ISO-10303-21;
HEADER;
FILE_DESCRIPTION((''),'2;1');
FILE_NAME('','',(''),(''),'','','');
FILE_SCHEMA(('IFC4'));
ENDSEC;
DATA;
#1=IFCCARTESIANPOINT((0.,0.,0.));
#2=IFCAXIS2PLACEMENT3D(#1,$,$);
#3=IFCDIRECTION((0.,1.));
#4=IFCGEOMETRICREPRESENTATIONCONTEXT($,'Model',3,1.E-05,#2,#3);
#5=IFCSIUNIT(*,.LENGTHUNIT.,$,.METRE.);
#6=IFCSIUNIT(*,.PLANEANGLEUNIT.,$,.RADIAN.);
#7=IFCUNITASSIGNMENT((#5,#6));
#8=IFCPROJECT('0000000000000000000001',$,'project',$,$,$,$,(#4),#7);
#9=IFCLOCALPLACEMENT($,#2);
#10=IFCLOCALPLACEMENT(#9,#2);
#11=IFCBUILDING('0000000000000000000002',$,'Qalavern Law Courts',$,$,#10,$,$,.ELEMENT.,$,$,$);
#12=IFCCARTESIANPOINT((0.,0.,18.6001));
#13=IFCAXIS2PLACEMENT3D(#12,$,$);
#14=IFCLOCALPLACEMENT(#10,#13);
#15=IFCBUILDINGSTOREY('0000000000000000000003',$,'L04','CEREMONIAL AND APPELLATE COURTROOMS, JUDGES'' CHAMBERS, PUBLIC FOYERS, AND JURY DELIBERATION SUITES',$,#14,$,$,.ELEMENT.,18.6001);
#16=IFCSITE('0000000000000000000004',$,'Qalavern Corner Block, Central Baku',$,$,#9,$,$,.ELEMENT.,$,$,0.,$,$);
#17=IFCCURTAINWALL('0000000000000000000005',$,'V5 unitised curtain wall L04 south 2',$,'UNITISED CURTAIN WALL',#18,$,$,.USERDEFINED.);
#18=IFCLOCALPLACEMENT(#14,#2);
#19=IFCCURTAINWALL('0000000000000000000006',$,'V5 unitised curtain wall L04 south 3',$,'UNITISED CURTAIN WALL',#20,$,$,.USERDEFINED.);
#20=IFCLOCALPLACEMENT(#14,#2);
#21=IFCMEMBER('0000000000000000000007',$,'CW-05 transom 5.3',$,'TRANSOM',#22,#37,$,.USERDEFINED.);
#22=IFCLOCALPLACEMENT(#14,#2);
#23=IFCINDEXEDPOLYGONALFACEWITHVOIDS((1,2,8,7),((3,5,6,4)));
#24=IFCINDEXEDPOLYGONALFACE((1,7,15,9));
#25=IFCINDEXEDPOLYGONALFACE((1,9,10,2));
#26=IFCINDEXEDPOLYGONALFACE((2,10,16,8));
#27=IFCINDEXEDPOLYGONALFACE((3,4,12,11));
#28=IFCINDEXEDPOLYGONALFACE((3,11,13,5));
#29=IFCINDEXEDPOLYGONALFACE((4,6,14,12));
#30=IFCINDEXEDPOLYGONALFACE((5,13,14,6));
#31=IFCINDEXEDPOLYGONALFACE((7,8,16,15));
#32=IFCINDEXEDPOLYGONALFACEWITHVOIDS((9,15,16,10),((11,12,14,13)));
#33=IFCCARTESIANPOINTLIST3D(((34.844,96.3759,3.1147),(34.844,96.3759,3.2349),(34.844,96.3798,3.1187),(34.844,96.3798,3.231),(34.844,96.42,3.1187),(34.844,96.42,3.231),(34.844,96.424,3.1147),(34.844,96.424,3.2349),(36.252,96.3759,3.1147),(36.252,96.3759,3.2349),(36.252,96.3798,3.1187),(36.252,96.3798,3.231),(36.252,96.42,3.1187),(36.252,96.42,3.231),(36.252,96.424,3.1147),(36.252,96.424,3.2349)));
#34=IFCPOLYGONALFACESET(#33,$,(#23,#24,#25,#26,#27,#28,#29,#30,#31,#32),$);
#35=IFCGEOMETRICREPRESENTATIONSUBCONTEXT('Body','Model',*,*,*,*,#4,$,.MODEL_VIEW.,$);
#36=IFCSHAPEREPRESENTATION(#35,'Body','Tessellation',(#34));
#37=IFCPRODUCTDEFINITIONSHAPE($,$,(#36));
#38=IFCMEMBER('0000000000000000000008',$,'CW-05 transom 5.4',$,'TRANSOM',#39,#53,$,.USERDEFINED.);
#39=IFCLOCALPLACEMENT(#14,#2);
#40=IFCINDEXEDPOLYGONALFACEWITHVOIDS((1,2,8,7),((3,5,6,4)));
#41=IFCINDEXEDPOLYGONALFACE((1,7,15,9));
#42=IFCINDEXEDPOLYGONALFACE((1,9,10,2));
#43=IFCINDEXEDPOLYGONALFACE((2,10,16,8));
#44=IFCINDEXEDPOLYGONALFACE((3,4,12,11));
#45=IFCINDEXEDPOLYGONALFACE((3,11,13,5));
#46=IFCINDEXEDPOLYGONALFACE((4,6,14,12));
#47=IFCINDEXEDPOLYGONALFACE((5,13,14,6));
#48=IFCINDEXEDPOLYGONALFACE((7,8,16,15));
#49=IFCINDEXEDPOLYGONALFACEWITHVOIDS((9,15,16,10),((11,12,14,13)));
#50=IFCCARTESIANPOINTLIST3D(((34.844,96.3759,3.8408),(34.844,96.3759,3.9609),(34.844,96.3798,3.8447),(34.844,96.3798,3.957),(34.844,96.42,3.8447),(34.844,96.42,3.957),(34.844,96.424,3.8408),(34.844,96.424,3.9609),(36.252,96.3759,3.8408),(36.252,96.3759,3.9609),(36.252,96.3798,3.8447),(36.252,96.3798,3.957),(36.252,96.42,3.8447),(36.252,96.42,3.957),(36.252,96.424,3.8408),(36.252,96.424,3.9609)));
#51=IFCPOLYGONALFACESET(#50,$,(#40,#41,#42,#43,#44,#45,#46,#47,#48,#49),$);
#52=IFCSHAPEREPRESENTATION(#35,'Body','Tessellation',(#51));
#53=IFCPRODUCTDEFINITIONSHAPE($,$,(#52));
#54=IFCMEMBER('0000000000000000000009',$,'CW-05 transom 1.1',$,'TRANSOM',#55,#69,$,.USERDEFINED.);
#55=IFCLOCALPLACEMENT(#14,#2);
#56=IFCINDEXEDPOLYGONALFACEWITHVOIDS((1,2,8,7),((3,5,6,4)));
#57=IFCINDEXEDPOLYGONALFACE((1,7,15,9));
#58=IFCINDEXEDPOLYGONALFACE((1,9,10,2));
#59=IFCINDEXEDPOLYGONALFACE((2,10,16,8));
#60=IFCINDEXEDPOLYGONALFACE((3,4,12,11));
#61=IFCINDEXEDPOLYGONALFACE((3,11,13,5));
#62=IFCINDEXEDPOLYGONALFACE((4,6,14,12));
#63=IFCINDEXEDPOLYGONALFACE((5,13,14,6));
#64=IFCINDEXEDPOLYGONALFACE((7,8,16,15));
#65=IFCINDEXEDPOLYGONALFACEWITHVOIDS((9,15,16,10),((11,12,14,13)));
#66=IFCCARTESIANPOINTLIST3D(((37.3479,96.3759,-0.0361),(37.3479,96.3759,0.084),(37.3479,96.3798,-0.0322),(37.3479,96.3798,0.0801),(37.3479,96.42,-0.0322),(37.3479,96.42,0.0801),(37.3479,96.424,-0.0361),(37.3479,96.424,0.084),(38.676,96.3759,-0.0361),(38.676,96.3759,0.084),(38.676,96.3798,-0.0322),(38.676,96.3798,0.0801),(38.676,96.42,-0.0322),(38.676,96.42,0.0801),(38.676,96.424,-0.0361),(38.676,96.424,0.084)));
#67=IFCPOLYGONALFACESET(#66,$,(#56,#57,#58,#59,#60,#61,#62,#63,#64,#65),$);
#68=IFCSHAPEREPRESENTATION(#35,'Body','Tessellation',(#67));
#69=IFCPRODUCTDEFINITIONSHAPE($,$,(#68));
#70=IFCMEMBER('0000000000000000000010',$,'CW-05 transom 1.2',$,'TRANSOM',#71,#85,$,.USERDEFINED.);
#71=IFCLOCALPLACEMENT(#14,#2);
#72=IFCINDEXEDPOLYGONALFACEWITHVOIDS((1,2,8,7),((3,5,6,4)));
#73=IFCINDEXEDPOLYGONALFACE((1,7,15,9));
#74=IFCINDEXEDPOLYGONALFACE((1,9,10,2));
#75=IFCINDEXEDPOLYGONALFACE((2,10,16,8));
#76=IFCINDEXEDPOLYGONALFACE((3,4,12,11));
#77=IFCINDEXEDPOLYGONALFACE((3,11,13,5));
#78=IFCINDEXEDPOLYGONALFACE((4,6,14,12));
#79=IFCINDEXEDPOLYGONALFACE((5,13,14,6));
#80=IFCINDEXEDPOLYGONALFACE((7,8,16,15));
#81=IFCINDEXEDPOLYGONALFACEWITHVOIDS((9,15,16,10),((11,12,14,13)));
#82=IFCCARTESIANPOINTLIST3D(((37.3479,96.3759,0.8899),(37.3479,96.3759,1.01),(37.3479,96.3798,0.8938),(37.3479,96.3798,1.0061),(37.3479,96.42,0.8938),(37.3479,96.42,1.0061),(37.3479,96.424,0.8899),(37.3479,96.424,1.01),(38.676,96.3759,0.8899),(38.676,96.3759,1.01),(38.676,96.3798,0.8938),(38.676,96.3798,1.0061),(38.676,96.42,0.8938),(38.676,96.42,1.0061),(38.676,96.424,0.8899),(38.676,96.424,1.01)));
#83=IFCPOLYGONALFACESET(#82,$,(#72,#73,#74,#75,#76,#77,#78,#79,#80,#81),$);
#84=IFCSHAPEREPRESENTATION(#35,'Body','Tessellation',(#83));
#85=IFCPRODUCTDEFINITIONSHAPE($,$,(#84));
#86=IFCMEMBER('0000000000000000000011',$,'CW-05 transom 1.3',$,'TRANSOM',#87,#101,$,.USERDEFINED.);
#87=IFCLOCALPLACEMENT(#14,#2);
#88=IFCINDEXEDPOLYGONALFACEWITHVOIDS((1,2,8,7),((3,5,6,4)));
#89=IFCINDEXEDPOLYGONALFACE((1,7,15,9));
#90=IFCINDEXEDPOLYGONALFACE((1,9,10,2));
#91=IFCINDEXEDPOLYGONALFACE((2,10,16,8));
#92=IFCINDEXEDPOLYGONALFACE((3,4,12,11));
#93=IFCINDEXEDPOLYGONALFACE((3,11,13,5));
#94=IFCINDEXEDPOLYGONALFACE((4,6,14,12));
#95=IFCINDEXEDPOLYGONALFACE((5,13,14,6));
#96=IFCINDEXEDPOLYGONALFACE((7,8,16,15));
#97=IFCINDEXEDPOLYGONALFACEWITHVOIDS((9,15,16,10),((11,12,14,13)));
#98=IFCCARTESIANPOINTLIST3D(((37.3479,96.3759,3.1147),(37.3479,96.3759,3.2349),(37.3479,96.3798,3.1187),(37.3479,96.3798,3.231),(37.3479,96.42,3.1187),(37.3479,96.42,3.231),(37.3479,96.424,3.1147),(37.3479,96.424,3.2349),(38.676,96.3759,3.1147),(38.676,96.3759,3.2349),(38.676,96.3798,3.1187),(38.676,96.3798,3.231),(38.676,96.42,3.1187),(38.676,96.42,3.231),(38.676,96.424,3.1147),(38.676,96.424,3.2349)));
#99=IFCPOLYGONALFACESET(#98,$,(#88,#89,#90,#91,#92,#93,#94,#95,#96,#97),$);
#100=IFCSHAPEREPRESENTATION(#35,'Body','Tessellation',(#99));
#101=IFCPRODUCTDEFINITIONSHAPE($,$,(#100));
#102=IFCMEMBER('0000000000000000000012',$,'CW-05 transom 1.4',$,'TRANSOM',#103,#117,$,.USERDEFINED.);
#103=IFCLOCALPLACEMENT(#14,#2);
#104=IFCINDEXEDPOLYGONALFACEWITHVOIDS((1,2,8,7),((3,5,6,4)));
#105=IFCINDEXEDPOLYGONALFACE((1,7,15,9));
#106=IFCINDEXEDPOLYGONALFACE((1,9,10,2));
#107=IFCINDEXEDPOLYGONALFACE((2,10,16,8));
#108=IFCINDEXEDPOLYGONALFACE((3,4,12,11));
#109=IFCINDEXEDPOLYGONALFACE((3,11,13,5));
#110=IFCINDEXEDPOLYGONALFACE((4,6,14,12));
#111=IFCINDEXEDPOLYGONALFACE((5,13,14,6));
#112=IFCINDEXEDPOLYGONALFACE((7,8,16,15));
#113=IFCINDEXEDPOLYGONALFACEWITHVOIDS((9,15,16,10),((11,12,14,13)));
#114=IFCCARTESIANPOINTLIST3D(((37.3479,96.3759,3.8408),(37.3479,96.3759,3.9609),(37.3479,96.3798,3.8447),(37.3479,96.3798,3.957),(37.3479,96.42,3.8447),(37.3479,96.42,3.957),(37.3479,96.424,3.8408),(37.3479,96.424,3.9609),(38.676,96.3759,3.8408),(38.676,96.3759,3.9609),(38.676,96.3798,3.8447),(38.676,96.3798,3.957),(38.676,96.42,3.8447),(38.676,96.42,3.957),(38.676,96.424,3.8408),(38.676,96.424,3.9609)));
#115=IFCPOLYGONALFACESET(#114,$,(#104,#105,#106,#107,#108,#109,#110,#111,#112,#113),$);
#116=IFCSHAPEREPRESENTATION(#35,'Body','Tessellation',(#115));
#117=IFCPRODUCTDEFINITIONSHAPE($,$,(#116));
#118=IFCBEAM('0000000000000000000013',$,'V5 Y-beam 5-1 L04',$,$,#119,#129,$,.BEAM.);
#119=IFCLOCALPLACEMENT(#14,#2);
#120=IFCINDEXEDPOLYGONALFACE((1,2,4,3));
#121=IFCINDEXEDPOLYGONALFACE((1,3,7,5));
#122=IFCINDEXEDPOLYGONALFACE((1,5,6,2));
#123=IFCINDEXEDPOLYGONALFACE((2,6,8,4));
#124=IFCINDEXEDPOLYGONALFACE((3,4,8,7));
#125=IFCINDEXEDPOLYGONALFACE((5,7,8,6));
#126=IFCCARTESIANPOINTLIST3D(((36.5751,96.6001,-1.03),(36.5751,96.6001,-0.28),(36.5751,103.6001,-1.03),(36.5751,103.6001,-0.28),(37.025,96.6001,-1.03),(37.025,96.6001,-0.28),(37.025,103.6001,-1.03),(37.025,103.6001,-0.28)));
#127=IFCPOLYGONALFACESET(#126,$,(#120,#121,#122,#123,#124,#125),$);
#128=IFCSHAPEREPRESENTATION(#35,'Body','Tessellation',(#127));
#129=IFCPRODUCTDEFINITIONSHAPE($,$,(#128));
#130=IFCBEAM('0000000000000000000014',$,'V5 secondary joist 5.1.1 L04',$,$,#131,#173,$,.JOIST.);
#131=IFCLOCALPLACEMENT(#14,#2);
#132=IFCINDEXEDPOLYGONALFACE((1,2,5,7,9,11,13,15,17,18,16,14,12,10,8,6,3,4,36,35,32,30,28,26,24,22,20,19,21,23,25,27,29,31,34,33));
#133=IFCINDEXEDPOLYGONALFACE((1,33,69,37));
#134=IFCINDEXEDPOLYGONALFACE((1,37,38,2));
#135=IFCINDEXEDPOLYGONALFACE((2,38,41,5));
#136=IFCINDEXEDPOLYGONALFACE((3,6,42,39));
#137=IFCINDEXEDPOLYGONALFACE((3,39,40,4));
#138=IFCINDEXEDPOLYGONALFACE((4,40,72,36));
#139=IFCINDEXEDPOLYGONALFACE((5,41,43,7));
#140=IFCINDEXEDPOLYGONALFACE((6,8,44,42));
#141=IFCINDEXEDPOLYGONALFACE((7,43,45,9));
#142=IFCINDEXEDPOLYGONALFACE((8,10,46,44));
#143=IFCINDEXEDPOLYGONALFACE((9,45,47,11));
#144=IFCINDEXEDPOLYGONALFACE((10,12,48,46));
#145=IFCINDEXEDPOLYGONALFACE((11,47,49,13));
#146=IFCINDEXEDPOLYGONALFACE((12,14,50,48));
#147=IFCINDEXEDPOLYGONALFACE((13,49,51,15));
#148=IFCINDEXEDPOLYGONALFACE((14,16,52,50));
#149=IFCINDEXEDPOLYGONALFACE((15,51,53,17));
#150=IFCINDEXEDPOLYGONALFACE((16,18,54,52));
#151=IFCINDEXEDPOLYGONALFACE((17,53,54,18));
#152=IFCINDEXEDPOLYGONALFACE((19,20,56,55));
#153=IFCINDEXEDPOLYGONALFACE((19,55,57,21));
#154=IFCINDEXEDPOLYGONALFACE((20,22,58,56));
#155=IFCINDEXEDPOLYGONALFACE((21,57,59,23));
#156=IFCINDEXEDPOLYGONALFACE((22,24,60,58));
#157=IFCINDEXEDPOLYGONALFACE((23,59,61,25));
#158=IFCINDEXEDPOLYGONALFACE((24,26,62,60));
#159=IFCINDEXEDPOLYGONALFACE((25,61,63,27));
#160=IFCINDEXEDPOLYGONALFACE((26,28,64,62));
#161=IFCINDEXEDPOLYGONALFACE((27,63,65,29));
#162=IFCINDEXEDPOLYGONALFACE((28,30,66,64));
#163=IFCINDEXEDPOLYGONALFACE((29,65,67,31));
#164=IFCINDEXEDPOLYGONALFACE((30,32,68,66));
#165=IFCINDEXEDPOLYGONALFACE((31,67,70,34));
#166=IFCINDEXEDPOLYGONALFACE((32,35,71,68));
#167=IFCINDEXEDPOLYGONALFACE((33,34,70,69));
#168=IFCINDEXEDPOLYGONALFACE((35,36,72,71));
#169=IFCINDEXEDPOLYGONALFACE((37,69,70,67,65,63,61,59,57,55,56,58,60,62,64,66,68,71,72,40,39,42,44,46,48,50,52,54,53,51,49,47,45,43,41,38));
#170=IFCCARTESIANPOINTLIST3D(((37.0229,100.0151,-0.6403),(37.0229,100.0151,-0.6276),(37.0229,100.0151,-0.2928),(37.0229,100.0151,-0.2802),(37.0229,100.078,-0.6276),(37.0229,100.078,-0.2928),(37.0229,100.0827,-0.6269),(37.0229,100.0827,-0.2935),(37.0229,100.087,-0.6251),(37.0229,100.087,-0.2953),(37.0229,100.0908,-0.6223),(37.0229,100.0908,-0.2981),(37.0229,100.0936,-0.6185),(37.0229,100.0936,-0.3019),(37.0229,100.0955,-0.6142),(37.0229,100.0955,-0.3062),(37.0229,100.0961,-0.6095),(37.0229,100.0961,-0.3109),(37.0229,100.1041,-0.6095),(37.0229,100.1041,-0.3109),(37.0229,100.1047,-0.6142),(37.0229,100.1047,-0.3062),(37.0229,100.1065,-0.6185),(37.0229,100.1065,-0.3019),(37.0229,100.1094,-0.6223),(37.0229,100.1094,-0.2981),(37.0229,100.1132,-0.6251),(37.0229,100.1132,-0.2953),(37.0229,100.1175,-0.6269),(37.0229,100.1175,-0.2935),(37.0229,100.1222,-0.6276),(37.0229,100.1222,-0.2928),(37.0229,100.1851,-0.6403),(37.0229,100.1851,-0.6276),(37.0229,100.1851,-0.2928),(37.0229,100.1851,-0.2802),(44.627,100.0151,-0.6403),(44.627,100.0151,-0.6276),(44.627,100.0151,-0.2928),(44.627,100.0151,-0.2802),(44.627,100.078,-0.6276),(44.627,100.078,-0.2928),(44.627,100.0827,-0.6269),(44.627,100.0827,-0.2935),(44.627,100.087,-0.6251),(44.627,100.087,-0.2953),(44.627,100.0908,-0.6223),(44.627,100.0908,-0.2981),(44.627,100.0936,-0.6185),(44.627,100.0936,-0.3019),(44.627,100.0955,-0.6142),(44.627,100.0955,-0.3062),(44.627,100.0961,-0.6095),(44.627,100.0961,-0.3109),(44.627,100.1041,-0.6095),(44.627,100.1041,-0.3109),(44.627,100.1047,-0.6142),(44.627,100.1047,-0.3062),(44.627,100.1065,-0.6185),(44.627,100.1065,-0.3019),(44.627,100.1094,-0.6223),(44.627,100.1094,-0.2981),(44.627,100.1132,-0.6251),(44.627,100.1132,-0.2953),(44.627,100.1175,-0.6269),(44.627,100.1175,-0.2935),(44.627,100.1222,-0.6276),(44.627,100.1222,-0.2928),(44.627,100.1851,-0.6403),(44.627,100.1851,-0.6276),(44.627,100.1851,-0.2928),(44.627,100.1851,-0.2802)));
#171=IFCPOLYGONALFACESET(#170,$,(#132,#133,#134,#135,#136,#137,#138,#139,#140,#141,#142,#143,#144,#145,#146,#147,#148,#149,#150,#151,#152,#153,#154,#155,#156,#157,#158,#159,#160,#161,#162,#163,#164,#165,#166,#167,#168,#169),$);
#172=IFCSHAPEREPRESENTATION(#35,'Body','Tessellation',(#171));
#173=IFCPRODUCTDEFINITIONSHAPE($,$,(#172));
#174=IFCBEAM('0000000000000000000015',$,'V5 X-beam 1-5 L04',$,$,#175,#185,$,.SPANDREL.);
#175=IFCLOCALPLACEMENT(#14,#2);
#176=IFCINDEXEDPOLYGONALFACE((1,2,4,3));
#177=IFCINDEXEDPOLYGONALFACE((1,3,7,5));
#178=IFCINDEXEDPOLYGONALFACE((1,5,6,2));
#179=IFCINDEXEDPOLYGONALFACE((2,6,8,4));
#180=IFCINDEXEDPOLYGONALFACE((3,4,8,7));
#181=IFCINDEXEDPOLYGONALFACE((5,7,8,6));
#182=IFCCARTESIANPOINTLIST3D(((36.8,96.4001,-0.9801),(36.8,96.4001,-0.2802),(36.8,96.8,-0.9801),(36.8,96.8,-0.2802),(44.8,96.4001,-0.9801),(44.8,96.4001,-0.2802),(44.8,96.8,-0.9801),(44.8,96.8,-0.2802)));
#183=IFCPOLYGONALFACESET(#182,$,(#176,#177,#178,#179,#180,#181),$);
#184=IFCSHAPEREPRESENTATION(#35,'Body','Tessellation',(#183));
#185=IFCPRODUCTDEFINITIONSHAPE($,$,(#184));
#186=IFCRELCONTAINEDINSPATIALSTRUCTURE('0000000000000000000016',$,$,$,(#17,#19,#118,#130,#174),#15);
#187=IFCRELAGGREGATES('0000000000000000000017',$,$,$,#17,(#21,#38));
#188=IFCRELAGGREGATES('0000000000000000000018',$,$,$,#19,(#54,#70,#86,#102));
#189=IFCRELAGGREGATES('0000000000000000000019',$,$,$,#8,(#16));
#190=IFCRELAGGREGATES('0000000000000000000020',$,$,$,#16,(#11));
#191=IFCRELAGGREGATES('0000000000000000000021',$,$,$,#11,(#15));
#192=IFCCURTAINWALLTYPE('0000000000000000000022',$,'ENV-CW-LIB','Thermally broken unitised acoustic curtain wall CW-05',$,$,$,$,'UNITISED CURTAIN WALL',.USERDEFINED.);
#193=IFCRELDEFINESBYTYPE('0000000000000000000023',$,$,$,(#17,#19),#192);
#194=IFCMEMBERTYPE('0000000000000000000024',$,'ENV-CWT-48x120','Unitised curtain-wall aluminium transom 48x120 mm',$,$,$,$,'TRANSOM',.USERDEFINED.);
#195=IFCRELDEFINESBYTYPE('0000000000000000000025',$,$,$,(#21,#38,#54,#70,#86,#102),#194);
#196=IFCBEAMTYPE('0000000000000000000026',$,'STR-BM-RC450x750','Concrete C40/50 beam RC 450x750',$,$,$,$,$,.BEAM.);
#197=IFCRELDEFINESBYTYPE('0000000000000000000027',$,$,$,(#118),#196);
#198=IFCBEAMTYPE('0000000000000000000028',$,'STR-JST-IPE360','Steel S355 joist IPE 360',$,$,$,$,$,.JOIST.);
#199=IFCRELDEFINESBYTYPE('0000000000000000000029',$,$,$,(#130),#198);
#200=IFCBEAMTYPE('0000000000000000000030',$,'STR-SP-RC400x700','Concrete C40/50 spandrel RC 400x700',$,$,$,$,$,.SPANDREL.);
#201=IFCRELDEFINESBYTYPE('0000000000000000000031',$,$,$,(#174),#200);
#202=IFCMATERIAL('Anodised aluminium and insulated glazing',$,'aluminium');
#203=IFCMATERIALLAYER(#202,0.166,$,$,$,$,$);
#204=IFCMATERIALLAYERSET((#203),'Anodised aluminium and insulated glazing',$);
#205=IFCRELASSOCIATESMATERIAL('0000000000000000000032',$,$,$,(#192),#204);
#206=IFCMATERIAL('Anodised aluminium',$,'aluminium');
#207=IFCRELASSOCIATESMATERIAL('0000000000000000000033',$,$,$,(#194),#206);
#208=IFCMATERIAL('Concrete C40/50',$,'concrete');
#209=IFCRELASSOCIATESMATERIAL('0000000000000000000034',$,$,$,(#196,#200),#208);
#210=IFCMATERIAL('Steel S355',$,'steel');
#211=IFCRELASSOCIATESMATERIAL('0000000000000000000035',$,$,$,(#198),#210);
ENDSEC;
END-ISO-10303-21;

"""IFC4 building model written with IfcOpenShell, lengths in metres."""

from ifc_helpers import new_model, si_unit, direction, frame, origin, origin_2d, place, context, subcontext, project, spatial, rectangle, hollow_rectangle, i_section, extrude, material, layer, layer_set, material_profile, profile_set, type_object, element, aggregate, save


model = new_model("IFC4")

# Units and contexts
model_context = context("Model", 3, precision=1e-05, world=origin(), true_north=direction((0.0, 1.0)))
body_context = subcontext(model_context, "Body", "Model", "MODEL_VIEW")
ifc_project = project(units=[si_unit("LENGTHUNIT", "METRE"), si_unit("PLANEANGLEUNIT", "RADIAN")], contexts=[model_context])

# Site, building, storey
site_placement = place(None, origin())
site = spatial("IfcSite", under=ifc_project, at=site_placement, Name="Qalavern Corner Block, Central Baku", CompositionType="ELEMENT", RefElevation=0.0)
building_placement = place(site_placement, origin())
building = spatial("IfcBuilding", under=site, at=building_placement, Name="Qalavern Law Courts", CompositionType="ELEMENT")
storey_placement = place(building_placement, frame((0.0, 0.0, 18.6001)))
storey = spatial("IfcBuildingStorey", under=building, at=storey_placement, Name="L04", Description="CEREMONIAL AND APPELLATE COURTROOMS, JUDGES' CHAMBERS, PUBLIC FOYERS, AND JURY DELIBERATION SUITES", CompositionType="ELEMENT", Elevation=18.6001)

# Curtain wall
ifc_material_1 = material(Name="Anodised aluminium and insulated glazing", Category="aluminium")
ifc_layer_1 = layer(ifc_material_1, 0.166)
ifc_layer_set_1 = layer_set([ifc_layer_1], Name="Anodised aluminium and insulated glazing")
curtain_wall_type = type_object("IfcCurtainWallType", Name="ENV-CW-LIB", Description="Thermally broken unitised acoustic curtain wall CW-05", ElementType="UNITISED CURTAIN WALL", PredefinedType="USERDEFINED", material=ifc_layer_set_1)
curtain_wall_1_placement = place(storey_placement, origin())
curtain_wall_1 = element("IfcCurtainWall", 1, at=curtain_wall_1_placement, inside=storey, type_object=curtain_wall_type, Name="V5 unitised curtain wall L04 south 2", ObjectType="UNITISED CURTAIN WALL", PredefinedType="USERDEFINED")
ifc_material_2 = material(Name="Anodised aluminium", Category="aluminium")

# Curtain wall
curtain_wall_2_placement = place(storey_placement, origin())
curtain_wall_2 = element("IfcCurtainWall", 2, at=curtain_wall_2_placement, inside=storey, type_object=curtain_wall_type, Name="V5 unitised curtain wall L04 south 3", ObjectType="UNITISED CURTAIN WALL", PredefinedType="USERDEFINED")

# Members
ifc_material_profile_1 = material_profile(ifc_material_2, hollow_rectangle(XDim=0.0481, YDim=0.1201, WallThickness=0.0039, at=origin_2d()), Name="ALU TRANSOM 48x120")
ifc_profile_set_1 = profile_set([ifc_material_profile_1], Name="Anodised aluminium")
member_type_1 = type_object("IfcMemberType", Name="ENV-CWT-48x120", Description="Unitised curtain-wall aluminium transom 48x120 mm", ElementType="TRANSOM", PredefinedType="USERDEFINED", material=ifc_profile_set_1)
member_1_placement = place(storey_placement, frame((34.844, 96.3999, 3.1748), z_axis=(1.0, 0.0, 0.0), x_axis=(0.0, 1.0, 0.0)))
member_1 = element("IfcMember", 3, at=member_1_placement, type_object=member_type_1, Name="CW-05 transom 5.3", ObjectType="TRANSOM", PredefinedType="USERDEFINED", context=body_context, shape_type="SweptSolid", body=[
    extrude(hollow_rectangle(XDim=0.0481, YDim=0.1201, WallThickness=0.0039, at=origin_2d()), origin(), (0.0, 0.0, 1.0), 1.408),
])
member_2_placement = place(storey_placement, frame((34.844, 96.3999, 3.9009), z_axis=(1.0, 0.0, 0.0), x_axis=(0.0, 1.0, 0.0)))
member_2 = element("IfcMember", 4, at=member_2_placement, type_object=member_type_1, Name="CW-05 transom 5.4", ObjectType="TRANSOM", PredefinedType="USERDEFINED", context=body_context, shape_type="SweptSolid", body=[
    extrude(hollow_rectangle(XDim=0.0481, YDim=0.1201, WallThickness=0.0039, at=origin_2d()), origin(), (0.0, 0.0, 1.0), 1.408),
])
member_3_placement = place(storey_placement, frame((37.3479, 96.3999, 0.0239), z_axis=(1.0, 0.0, 0.0), x_axis=(0.0, 1.0, 0.0)))
member_3 = element("IfcMember", 5, at=member_3_placement, type_object=member_type_1, Name="CW-05 transom 1.1", ObjectType="TRANSOM", PredefinedType="USERDEFINED", context=body_context, shape_type="SweptSolid", body=[
    extrude(hollow_rectangle(XDim=0.0481, YDim=0.1201, WallThickness=0.0039, at=origin_2d()), origin(), (0.0, 0.0, 1.0), 1.3281),
])
member_4_placement = place(storey_placement, frame((37.3479, 96.3999, 0.95), z_axis=(1.0, 0.0, 0.0), x_axis=(0.0, 1.0, 0.0)))
member_4 = element("IfcMember", 6, at=member_4_placement, type_object=member_type_1, Name="CW-05 transom 1.2", ObjectType="TRANSOM", PredefinedType="USERDEFINED", context=body_context, shape_type="SweptSolid", body=[
    extrude(hollow_rectangle(XDim=0.0481, YDim=0.1201, WallThickness=0.0039, at=origin_2d()), origin(), (0.0, 0.0, 1.0), 1.3281),
])
member_5_placement = place(storey_placement, frame((37.3479, 96.3999, 3.1748), z_axis=(1.0, 0.0, 0.0), x_axis=(0.0, 1.0, 0.0)))
member_5 = element("IfcMember", 7, at=member_5_placement, type_object=member_type_1, Name="CW-05 transom 1.3", ObjectType="TRANSOM", PredefinedType="USERDEFINED", context=body_context, shape_type="SweptSolid", body=[
    extrude(hollow_rectangle(XDim=0.0481, YDim=0.1201, WallThickness=0.0039, at=origin_2d()), origin(), (0.0, 0.0, 1.0), 1.3281),
])
member_6_placement = place(storey_placement, frame((37.3479, 96.3999, 3.9009), z_axis=(1.0, 0.0, 0.0), x_axis=(0.0, 1.0, 0.0)))
member_6 = element("IfcMember", 8, at=member_6_placement, type_object=member_type_1, Name="CW-05 transom 1.4", ObjectType="TRANSOM", PredefinedType="USERDEFINED", context=body_context, shape_type="SweptSolid", body=[
    extrude(hollow_rectangle(XDim=0.0481, YDim=0.1201, WallThickness=0.0039, at=origin_2d()), origin(), (0.0, 0.0, 1.0), 1.3281),
])

# Beams
ifc_material_3 = material(Name="Concrete C40/50", Category="concrete")
ifc_material_profile_2 = material_profile(ifc_material_3, rectangle(XDim=0.45, YDim=0.75, at=origin_2d()), Name="RC 450x750")
ifc_profile_set_2 = profile_set([ifc_material_profile_2], Name="Concrete C40/50")
beam_type_1 = type_object("IfcBeamType", Name="STR-BM-RC450x750", Description="Concrete C40/50 beam RC 450x750", PredefinedType="BEAM", material=ifc_profile_set_2)
beam_1_placement = place(storey_placement, frame((36.8, 96.6001, -0.655), z_axis=(0.0, 1.0, 0.0), x_axis=(-1.0, 0.0, 0.0)))
element("IfcBeam", 9, at=beam_1_placement, inside=storey, type_object=beam_type_1, Name="V5 Y-beam 5-1 L04", PredefinedType="BEAM", context=body_context, shape_type="SweptSolid", body=[
    extrude(rectangle(XDim=0.45, YDim=0.75, at=origin_2d()), origin(), (0.0, 0.0, 1.0), 7.0),
])
ifc_material_4 = material(Name="Steel S355", Category="steel")
ifc_material_profile_3 = material_profile(ifc_material_4, i_section(OverallWidth=0.1699, OverallDepth=0.3601, WebThickness=0.0081, FlangeThickness=0.0127, FilletRadius=0.0181, at=origin_2d()), Name="IPE 360")
ifc_profile_set_3 = profile_set([ifc_material_profile_3], Name="Steel S355")
beam_type_2 = type_object("IfcBeamType", Name="STR-JST-IPE360", Description="Steel S355 joist IPE 360", PredefinedType="JOIST", material=ifc_profile_set_3)
beam_2_placement = place(storey_placement, frame((37.0229, 100.1001, -0.4602), z_axis=(1.0, 0.0, 0.0), x_axis=(0.0, 1.0, 0.0)))
element("IfcBeam", 10, at=beam_2_placement, inside=storey, type_object=beam_type_2, Name="V5 secondary joist 5.1.1 L04", PredefinedType="JOIST", context=body_context, shape_type="SweptSolid", body=[
    extrude(i_section(OverallWidth=0.1699, OverallDepth=0.3601, WebThickness=0.0081, FlangeThickness=0.0127, FilletRadius=0.0181, at=origin_2d()), origin(), (0.0, 0.0, 1.0), 7.604),
])
ifc_material_profile_4 = material_profile(ifc_material_3, rectangle(XDim=0.3999, YDim=0.7, at=origin_2d()), Name="RC 400x700")
ifc_profile_set_4 = profile_set([ifc_material_profile_4], Name="Concrete C40/50")
beam_type_3 = type_object("IfcBeamType", Name="STR-SP-RC400x700", Description="Concrete C40/50 spandrel RC 400x700", PredefinedType="SPANDREL", material=ifc_profile_set_4)
beam_3_placement = place(storey_placement, frame((36.8, 96.6001, -0.6301), z_axis=(1.0, 0.0, 0.0), x_axis=(0.0, 1.0, 0.0)))
element("IfcBeam", 11, at=beam_3_placement, inside=storey, type_object=beam_type_3, Name="V5 X-beam 1-5 L04", PredefinedType="SPANDREL", context=body_context, shape_type="SweptSolid", body=[
    extrude(rectangle(XDim=0.3999, YDim=0.7, at=origin_2d()), origin(), (0.0, 0.0, 1.0), 8.0),
])

aggregate(curtain_wall_1, [member_1, member_2])
aggregate(curtain_wall_2, [member_3, member_4, member_5, member_6])

save(model, "model.ifc")
